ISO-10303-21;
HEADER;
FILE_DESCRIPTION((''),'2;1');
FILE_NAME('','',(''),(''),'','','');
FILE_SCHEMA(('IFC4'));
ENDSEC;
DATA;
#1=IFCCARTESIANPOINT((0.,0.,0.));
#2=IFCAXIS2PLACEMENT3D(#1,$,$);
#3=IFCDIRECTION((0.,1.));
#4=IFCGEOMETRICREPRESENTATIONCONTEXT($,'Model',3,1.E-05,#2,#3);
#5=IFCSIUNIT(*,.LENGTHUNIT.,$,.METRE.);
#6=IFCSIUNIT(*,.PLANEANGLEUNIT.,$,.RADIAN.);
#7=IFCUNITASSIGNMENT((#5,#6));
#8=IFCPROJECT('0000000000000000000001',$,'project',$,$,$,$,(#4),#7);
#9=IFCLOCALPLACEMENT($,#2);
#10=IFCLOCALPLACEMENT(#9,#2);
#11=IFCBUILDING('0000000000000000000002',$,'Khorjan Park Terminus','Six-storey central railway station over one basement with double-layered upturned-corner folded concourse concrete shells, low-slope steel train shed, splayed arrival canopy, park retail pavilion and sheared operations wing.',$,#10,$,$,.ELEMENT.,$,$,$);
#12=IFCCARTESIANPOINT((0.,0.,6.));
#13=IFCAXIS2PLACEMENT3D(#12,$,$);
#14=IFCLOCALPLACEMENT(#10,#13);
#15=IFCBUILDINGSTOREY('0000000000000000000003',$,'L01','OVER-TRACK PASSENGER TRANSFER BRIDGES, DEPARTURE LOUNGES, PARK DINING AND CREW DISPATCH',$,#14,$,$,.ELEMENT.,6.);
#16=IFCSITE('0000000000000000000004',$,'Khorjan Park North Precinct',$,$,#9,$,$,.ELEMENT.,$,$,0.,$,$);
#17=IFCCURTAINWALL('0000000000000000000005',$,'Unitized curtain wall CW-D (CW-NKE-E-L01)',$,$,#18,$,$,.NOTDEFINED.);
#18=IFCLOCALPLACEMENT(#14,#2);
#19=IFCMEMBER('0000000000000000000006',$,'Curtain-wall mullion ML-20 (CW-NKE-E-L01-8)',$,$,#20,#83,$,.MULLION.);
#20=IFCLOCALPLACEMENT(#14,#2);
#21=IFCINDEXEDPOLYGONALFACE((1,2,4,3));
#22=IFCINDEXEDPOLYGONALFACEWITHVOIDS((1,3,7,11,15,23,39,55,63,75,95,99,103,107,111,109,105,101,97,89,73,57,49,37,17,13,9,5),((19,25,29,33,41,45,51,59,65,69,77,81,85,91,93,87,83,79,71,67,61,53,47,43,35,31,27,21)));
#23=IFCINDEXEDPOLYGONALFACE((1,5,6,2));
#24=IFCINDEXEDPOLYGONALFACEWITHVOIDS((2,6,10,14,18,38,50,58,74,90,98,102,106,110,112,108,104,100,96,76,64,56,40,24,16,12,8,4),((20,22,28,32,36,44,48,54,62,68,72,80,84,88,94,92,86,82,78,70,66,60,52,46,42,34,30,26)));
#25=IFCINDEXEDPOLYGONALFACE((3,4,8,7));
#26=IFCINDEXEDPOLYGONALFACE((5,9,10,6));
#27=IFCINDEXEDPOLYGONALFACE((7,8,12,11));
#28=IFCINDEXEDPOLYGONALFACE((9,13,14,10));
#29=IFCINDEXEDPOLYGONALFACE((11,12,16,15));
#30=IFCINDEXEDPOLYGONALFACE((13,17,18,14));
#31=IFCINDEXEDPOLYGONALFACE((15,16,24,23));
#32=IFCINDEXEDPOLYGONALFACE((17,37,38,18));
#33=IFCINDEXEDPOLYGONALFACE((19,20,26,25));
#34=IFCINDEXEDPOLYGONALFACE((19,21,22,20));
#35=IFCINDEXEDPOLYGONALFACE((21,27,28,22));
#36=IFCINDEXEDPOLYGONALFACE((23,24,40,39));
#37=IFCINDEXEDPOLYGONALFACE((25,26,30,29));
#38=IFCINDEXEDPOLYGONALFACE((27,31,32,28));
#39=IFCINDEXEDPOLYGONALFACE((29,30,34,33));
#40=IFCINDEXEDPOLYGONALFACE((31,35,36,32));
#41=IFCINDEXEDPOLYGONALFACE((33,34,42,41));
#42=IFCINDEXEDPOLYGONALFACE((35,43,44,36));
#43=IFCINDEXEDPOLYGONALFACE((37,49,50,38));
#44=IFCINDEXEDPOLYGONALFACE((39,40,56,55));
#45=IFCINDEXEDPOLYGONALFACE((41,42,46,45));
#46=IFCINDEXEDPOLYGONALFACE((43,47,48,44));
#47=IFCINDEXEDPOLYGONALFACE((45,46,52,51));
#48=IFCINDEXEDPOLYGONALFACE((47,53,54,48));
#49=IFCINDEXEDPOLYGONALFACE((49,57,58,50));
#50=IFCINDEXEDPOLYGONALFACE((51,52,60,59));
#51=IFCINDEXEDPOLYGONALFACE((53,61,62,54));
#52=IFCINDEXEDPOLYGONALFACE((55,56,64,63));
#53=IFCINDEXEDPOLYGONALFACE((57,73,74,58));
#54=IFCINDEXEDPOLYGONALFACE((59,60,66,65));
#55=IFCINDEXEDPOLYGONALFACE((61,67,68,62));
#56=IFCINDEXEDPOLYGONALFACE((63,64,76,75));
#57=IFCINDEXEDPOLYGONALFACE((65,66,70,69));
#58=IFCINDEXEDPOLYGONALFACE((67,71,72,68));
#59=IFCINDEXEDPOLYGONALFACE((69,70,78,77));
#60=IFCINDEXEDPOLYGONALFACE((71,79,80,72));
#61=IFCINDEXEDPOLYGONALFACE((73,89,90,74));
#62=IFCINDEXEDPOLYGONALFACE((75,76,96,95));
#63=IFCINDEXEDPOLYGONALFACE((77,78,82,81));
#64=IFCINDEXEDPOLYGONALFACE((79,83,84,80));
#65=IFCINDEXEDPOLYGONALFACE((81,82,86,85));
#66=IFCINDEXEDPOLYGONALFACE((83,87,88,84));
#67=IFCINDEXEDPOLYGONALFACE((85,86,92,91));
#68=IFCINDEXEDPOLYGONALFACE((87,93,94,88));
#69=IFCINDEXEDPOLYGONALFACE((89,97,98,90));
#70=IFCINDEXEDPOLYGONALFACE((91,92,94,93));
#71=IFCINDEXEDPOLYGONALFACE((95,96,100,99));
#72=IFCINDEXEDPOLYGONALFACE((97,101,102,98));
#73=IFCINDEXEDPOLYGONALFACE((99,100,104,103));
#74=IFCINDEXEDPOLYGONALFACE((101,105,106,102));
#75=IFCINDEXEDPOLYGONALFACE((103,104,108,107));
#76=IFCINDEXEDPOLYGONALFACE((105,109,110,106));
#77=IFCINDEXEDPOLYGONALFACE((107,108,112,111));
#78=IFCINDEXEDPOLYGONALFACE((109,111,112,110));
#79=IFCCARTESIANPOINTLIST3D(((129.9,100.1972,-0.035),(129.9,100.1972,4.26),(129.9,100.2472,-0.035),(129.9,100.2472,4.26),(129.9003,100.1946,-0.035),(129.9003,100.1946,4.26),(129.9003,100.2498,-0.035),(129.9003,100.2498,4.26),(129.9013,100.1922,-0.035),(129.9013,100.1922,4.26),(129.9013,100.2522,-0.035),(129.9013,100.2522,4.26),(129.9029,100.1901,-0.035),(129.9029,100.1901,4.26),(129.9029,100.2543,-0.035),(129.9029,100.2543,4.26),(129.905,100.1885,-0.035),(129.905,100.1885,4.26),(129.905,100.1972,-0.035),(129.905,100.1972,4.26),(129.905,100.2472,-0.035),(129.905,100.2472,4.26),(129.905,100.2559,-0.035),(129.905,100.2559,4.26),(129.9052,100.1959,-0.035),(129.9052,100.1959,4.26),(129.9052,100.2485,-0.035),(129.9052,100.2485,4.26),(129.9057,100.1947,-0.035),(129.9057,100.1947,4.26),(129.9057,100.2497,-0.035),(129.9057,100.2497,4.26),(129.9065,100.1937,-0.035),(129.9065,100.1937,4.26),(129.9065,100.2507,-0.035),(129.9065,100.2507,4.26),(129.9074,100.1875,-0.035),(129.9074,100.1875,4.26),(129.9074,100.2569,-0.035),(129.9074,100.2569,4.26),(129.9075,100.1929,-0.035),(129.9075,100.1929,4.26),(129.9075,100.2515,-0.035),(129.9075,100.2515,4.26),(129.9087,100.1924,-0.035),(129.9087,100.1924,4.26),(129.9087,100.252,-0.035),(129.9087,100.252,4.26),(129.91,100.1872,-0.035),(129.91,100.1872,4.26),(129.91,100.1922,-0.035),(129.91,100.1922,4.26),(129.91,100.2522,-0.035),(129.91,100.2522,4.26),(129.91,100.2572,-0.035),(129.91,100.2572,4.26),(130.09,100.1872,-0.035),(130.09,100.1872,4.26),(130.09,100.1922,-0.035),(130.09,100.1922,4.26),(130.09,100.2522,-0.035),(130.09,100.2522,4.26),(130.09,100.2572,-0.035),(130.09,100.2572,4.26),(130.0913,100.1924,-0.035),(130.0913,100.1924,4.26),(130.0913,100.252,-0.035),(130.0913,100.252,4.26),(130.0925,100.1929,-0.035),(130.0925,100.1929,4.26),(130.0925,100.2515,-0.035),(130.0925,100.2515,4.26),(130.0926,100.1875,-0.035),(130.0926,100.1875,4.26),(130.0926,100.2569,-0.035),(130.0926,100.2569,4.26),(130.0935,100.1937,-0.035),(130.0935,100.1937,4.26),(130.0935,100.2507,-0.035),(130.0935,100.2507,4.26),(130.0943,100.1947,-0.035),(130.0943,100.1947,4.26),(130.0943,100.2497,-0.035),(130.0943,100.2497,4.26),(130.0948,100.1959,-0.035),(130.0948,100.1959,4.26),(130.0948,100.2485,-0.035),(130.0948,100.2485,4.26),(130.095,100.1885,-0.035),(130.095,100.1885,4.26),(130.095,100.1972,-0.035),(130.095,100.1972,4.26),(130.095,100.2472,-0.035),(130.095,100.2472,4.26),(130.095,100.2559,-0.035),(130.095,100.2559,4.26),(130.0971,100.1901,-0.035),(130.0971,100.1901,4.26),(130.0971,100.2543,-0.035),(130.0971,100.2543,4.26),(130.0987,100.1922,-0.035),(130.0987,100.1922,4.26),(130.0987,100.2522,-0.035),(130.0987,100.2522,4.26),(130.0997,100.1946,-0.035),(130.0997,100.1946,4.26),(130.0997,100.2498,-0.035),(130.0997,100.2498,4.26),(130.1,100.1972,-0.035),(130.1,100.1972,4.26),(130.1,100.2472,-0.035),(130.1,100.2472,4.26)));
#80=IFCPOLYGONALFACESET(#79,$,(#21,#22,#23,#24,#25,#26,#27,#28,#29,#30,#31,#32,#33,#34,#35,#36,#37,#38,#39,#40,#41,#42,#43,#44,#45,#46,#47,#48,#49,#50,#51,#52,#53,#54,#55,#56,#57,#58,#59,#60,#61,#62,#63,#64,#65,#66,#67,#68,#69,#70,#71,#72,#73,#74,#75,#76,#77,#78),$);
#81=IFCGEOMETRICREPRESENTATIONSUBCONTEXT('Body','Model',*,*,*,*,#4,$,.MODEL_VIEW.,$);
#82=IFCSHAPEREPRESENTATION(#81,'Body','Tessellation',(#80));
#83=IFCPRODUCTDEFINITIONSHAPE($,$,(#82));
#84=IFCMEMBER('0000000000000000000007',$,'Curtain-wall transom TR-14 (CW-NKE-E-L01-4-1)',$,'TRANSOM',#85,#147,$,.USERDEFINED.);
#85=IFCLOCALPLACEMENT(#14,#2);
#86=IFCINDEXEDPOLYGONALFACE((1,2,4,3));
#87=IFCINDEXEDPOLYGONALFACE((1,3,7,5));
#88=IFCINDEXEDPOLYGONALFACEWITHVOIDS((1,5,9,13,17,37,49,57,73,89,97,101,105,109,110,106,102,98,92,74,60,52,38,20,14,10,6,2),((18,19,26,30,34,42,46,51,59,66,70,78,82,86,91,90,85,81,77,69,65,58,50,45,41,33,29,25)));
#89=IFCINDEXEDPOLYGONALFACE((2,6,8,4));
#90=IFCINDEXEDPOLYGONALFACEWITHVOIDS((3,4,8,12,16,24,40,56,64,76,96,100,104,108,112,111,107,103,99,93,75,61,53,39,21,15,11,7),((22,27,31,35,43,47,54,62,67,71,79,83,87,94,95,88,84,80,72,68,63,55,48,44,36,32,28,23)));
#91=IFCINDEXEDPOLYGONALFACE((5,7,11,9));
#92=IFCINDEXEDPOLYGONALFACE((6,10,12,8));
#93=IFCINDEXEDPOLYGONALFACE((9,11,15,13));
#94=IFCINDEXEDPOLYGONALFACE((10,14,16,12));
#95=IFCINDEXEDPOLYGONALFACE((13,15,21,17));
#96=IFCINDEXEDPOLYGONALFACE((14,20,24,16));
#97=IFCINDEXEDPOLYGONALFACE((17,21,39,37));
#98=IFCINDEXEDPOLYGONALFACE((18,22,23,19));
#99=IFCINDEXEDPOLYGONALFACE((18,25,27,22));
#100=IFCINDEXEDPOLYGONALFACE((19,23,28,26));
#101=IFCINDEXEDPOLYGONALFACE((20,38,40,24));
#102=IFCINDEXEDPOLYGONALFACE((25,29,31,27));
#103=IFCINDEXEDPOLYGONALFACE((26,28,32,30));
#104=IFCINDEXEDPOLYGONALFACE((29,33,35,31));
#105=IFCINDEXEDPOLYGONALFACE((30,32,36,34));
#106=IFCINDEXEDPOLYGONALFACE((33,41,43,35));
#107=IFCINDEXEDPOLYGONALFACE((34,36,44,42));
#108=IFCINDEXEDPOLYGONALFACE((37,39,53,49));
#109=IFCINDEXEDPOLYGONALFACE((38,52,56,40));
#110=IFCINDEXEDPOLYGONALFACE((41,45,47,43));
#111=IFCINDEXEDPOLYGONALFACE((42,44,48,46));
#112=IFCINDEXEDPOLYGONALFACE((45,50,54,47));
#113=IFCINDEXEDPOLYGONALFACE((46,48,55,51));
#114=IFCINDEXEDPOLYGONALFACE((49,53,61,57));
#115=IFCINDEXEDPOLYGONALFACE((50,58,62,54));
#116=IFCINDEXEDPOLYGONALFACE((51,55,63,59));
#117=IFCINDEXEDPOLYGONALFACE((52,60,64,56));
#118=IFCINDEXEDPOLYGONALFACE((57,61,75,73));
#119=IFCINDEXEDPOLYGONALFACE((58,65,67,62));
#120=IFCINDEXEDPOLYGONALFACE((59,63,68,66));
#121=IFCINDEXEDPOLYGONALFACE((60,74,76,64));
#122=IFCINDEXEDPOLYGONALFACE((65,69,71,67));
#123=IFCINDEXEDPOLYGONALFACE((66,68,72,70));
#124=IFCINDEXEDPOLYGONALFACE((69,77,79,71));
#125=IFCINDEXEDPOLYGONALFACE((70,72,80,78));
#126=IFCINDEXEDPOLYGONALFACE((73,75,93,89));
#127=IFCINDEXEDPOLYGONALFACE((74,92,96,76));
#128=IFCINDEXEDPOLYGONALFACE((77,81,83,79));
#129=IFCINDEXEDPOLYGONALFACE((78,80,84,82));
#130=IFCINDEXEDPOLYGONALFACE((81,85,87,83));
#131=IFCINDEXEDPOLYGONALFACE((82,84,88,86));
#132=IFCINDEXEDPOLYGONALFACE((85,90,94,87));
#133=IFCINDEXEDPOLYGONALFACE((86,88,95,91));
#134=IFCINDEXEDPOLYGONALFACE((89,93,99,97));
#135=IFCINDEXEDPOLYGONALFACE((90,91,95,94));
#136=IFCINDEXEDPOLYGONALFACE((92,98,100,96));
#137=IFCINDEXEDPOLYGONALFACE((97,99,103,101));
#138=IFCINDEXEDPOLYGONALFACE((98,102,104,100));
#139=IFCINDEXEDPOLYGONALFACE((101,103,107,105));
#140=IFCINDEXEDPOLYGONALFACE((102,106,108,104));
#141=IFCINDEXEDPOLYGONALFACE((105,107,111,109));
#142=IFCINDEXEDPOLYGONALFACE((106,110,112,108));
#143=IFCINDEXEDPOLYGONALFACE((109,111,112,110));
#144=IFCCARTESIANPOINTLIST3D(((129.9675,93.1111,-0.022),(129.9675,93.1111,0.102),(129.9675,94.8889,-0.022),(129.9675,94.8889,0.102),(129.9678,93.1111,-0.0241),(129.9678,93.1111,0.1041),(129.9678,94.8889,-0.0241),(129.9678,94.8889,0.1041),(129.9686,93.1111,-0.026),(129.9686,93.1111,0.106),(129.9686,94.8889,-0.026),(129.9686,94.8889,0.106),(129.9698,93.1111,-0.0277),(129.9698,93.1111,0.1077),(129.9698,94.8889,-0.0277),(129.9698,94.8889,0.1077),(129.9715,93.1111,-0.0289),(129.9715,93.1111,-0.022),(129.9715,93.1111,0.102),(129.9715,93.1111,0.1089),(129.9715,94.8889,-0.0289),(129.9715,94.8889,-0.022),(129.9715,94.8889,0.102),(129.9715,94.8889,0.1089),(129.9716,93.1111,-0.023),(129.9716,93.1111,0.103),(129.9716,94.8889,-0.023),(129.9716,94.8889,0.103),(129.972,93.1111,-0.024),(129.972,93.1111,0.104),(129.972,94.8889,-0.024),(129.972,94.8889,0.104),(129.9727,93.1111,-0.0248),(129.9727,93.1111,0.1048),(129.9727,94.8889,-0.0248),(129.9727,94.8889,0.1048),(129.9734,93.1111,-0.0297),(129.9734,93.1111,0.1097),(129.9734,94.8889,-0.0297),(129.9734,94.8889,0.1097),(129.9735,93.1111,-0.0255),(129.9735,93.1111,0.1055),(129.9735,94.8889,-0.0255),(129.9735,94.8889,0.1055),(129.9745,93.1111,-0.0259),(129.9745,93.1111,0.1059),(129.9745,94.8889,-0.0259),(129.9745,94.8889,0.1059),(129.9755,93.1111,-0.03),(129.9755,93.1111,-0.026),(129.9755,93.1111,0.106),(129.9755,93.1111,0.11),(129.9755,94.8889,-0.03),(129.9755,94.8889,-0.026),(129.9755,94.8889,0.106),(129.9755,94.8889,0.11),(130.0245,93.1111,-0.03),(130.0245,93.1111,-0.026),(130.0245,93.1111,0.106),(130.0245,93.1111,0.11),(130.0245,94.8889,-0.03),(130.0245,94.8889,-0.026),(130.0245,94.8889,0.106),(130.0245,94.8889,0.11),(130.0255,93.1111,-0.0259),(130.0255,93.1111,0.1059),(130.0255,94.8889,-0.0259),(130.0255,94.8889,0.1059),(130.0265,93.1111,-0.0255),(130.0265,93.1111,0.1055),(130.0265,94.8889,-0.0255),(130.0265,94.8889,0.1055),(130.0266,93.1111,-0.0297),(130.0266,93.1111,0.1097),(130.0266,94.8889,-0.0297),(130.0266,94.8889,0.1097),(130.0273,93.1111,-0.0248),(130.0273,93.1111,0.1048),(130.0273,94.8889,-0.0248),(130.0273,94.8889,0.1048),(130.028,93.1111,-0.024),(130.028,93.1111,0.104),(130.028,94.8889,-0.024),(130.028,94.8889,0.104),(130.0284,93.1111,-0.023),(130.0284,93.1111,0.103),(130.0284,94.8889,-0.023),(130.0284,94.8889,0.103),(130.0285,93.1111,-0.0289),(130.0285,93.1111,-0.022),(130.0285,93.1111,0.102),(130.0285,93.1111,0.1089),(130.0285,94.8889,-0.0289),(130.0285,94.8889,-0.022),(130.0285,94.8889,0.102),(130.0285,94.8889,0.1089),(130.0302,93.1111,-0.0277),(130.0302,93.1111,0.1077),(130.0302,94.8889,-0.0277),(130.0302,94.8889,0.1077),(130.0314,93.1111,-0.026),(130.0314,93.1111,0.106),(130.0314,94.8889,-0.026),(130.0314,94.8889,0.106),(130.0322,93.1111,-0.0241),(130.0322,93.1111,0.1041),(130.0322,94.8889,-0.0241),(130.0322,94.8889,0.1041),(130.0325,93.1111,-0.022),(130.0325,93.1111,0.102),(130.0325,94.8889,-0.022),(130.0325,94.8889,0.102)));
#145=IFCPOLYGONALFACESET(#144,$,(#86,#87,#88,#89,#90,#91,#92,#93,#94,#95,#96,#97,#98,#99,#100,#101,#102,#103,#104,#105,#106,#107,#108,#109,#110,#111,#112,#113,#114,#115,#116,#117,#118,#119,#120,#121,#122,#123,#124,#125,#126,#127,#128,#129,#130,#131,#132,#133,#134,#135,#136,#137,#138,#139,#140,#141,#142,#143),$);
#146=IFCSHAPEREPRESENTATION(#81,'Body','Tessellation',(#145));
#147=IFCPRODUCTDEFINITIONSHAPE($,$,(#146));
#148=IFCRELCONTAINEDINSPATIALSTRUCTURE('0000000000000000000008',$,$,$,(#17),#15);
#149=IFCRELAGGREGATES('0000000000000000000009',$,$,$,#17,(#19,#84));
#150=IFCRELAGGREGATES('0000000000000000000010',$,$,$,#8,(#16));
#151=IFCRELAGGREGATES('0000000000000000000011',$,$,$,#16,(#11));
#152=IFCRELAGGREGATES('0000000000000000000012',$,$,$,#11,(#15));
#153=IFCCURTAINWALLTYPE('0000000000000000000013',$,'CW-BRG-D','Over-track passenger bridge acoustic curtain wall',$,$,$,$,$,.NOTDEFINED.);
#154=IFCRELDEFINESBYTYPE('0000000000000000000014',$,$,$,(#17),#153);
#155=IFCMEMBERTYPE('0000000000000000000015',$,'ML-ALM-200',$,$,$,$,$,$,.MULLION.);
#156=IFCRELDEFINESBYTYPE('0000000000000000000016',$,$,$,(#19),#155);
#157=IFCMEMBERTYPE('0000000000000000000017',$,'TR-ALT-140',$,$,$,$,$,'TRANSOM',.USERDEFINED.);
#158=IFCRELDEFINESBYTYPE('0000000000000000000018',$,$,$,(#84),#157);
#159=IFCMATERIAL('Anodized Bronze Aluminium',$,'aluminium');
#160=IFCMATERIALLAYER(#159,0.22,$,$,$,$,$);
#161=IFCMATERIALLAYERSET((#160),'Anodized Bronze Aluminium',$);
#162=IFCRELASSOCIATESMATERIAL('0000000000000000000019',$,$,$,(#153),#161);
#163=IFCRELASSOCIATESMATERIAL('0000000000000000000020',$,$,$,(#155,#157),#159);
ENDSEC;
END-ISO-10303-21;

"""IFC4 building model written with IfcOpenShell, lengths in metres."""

from ifc_helpers import new_model, si_unit, direction, frame, origin, origin_2d, place, context, subcontext, project, spatial, hollow_rectangle, extrude, material, layer, layer_set, material_profile, profile_set, type_object, element, aggregate, save


model = new_model("IFC4")

# Units and contexts
model_context = context("Model", 3, precision=1e-05, world=origin(), true_north=direction((0.0, 1.0)))
body_context = subcontext(model_context, "Body", "Model", "MODEL_VIEW")
ifc_project = project(units=[si_unit("LENGTHUNIT", "METRE"), si_unit("PLANEANGLEUNIT", "RADIAN")], contexts=[model_context])

# Site, building, storey
site_placement = place(None, origin())
site = spatial("IfcSite", under=ifc_project, at=site_placement, Name="Khorjan Park North Precinct", CompositionType="ELEMENT", RefElevation=0.0)
building_placement = place(site_placement, origin())
building = spatial("IfcBuilding", under=site, at=building_placement, Name="Khorjan Park Terminus", Description="Six-storey central railway station over one basement with double-layered upturned-corner folded concourse concrete shells, low-slope steel train shed, splayed arrival canopy, park retail pavilion and sheared operations wing.", CompositionType="ELEMENT")
storey_placement = place(building_placement, frame((0.0, 0.0, 6.0)))
storey = spatial("IfcBuildingStorey", under=building, at=storey_placement, Name="L01", Description="OVER-TRACK PASSENGER TRANSFER BRIDGES, DEPARTURE LOUNGES, PARK DINING AND CREW DISPATCH", CompositionType="ELEMENT", Elevation=6.0)

# Curtain wall, members
ifc_material_1 = material(Name="Anodized Bronze Aluminium", Category="aluminium")
ifc_layer_1 = layer(ifc_material_1, 0.22)
ifc_layer_set_1 = layer_set([ifc_layer_1], Name="Anodized Bronze Aluminium")
curtain_wall_type = type_object("IfcCurtainWallType", Name="CW-BRG-D", Description="Over-track passenger bridge acoustic curtain wall", PredefinedType="NOTDEFINED", material=ifc_layer_set_1)
curtain_wall_placement = place(storey_placement, origin())
curtain_wall = element("IfcCurtainWall", 1, at=curtain_wall_placement, inside=storey, type_object=curtain_wall_type, Name="Unitized curtain wall CW-D (CW-NKE-E-L01)", PredefinedType="NOTDEFINED")
ifc_material_profile_1 = material_profile(ifc_material_1, hollow_rectangle(XDim=0.07, YDim=0.2, WallThickness=0.005, InnerFilletRadius=0.005, OuterFilletRadius=0.01, at=origin_2d()), Name="ALM 70x200x5")
ifc_profile_set_1 = profile_set([ifc_material_profile_1], Name="Anodized Bronze Aluminium")
member_type_1 = type_object("IfcMemberType", Name="ML-ALM-200", PredefinedType="MULLION", material=ifc_profile_set_1)
member_1_placement = place(storey_placement, frame((130.0, 100.2222, -0.035), z_axis=(0.0, 0.0, 1.0), x_axis=(0.0, 1.0, 0.0)))
member_1 = element("IfcMember", 2, at=member_1_placement, type_object=member_type_1, Name="Curtain-wall mullion ML-20 (CW-NKE-E-L01-8)", PredefinedType="MULLION", context=body_context, shape_type="SweptSolid", body=[
    extrude(hollow_rectangle(XDim=0.07, YDim=0.2, WallThickness=0.005, InnerFilletRadius=0.005, OuterFilletRadius=0.01, at=origin_2d()), origin(), (0.0, 0.0, 1.0), 4.295),
])
ifc_material_profile_2 = material_profile(ifc_material_1, hollow_rectangle(XDim=0.065, YDim=0.14, WallThickness=0.004, InnerFilletRadius=0.004, OuterFilletRadius=0.008, at=origin_2d()), Name="ALT 65x140x4")
ifc_profile_set_2 = profile_set([ifc_material_profile_2], Name="Anodized Bronze Aluminium")
member_type_2 = type_object("IfcMemberType", Name="TR-ALT-140", ElementType="TRANSOM", PredefinedType="USERDEFINED", material=ifc_profile_set_2)
member_2_placement = place(storey_placement, frame((130.0, 93.1111, 0.04), z_axis=(0.0, 1.0, 0.0), x_axis=(-1.0, 0.0, 0.0)))
member_2 = element("IfcMember", 3, at=member_2_placement, type_object=member_type_2, Name="Curtain-wall transom TR-14 (CW-NKE-E-L01-4-1)", ObjectType="TRANSOM", PredefinedType="USERDEFINED", context=body_context, shape_type="SweptSolid", body=[
    extrude(hollow_rectangle(XDim=0.065, YDim=0.14, WallThickness=0.004, InnerFilletRadius=0.004, OuterFilletRadius=0.008, at=origin_2d()), origin(), (0.0, 0.0, 1.0), 1.7778),
])
aggregate(curtain_wall, [member_1, member_2])

save(model, "model.ifc")
